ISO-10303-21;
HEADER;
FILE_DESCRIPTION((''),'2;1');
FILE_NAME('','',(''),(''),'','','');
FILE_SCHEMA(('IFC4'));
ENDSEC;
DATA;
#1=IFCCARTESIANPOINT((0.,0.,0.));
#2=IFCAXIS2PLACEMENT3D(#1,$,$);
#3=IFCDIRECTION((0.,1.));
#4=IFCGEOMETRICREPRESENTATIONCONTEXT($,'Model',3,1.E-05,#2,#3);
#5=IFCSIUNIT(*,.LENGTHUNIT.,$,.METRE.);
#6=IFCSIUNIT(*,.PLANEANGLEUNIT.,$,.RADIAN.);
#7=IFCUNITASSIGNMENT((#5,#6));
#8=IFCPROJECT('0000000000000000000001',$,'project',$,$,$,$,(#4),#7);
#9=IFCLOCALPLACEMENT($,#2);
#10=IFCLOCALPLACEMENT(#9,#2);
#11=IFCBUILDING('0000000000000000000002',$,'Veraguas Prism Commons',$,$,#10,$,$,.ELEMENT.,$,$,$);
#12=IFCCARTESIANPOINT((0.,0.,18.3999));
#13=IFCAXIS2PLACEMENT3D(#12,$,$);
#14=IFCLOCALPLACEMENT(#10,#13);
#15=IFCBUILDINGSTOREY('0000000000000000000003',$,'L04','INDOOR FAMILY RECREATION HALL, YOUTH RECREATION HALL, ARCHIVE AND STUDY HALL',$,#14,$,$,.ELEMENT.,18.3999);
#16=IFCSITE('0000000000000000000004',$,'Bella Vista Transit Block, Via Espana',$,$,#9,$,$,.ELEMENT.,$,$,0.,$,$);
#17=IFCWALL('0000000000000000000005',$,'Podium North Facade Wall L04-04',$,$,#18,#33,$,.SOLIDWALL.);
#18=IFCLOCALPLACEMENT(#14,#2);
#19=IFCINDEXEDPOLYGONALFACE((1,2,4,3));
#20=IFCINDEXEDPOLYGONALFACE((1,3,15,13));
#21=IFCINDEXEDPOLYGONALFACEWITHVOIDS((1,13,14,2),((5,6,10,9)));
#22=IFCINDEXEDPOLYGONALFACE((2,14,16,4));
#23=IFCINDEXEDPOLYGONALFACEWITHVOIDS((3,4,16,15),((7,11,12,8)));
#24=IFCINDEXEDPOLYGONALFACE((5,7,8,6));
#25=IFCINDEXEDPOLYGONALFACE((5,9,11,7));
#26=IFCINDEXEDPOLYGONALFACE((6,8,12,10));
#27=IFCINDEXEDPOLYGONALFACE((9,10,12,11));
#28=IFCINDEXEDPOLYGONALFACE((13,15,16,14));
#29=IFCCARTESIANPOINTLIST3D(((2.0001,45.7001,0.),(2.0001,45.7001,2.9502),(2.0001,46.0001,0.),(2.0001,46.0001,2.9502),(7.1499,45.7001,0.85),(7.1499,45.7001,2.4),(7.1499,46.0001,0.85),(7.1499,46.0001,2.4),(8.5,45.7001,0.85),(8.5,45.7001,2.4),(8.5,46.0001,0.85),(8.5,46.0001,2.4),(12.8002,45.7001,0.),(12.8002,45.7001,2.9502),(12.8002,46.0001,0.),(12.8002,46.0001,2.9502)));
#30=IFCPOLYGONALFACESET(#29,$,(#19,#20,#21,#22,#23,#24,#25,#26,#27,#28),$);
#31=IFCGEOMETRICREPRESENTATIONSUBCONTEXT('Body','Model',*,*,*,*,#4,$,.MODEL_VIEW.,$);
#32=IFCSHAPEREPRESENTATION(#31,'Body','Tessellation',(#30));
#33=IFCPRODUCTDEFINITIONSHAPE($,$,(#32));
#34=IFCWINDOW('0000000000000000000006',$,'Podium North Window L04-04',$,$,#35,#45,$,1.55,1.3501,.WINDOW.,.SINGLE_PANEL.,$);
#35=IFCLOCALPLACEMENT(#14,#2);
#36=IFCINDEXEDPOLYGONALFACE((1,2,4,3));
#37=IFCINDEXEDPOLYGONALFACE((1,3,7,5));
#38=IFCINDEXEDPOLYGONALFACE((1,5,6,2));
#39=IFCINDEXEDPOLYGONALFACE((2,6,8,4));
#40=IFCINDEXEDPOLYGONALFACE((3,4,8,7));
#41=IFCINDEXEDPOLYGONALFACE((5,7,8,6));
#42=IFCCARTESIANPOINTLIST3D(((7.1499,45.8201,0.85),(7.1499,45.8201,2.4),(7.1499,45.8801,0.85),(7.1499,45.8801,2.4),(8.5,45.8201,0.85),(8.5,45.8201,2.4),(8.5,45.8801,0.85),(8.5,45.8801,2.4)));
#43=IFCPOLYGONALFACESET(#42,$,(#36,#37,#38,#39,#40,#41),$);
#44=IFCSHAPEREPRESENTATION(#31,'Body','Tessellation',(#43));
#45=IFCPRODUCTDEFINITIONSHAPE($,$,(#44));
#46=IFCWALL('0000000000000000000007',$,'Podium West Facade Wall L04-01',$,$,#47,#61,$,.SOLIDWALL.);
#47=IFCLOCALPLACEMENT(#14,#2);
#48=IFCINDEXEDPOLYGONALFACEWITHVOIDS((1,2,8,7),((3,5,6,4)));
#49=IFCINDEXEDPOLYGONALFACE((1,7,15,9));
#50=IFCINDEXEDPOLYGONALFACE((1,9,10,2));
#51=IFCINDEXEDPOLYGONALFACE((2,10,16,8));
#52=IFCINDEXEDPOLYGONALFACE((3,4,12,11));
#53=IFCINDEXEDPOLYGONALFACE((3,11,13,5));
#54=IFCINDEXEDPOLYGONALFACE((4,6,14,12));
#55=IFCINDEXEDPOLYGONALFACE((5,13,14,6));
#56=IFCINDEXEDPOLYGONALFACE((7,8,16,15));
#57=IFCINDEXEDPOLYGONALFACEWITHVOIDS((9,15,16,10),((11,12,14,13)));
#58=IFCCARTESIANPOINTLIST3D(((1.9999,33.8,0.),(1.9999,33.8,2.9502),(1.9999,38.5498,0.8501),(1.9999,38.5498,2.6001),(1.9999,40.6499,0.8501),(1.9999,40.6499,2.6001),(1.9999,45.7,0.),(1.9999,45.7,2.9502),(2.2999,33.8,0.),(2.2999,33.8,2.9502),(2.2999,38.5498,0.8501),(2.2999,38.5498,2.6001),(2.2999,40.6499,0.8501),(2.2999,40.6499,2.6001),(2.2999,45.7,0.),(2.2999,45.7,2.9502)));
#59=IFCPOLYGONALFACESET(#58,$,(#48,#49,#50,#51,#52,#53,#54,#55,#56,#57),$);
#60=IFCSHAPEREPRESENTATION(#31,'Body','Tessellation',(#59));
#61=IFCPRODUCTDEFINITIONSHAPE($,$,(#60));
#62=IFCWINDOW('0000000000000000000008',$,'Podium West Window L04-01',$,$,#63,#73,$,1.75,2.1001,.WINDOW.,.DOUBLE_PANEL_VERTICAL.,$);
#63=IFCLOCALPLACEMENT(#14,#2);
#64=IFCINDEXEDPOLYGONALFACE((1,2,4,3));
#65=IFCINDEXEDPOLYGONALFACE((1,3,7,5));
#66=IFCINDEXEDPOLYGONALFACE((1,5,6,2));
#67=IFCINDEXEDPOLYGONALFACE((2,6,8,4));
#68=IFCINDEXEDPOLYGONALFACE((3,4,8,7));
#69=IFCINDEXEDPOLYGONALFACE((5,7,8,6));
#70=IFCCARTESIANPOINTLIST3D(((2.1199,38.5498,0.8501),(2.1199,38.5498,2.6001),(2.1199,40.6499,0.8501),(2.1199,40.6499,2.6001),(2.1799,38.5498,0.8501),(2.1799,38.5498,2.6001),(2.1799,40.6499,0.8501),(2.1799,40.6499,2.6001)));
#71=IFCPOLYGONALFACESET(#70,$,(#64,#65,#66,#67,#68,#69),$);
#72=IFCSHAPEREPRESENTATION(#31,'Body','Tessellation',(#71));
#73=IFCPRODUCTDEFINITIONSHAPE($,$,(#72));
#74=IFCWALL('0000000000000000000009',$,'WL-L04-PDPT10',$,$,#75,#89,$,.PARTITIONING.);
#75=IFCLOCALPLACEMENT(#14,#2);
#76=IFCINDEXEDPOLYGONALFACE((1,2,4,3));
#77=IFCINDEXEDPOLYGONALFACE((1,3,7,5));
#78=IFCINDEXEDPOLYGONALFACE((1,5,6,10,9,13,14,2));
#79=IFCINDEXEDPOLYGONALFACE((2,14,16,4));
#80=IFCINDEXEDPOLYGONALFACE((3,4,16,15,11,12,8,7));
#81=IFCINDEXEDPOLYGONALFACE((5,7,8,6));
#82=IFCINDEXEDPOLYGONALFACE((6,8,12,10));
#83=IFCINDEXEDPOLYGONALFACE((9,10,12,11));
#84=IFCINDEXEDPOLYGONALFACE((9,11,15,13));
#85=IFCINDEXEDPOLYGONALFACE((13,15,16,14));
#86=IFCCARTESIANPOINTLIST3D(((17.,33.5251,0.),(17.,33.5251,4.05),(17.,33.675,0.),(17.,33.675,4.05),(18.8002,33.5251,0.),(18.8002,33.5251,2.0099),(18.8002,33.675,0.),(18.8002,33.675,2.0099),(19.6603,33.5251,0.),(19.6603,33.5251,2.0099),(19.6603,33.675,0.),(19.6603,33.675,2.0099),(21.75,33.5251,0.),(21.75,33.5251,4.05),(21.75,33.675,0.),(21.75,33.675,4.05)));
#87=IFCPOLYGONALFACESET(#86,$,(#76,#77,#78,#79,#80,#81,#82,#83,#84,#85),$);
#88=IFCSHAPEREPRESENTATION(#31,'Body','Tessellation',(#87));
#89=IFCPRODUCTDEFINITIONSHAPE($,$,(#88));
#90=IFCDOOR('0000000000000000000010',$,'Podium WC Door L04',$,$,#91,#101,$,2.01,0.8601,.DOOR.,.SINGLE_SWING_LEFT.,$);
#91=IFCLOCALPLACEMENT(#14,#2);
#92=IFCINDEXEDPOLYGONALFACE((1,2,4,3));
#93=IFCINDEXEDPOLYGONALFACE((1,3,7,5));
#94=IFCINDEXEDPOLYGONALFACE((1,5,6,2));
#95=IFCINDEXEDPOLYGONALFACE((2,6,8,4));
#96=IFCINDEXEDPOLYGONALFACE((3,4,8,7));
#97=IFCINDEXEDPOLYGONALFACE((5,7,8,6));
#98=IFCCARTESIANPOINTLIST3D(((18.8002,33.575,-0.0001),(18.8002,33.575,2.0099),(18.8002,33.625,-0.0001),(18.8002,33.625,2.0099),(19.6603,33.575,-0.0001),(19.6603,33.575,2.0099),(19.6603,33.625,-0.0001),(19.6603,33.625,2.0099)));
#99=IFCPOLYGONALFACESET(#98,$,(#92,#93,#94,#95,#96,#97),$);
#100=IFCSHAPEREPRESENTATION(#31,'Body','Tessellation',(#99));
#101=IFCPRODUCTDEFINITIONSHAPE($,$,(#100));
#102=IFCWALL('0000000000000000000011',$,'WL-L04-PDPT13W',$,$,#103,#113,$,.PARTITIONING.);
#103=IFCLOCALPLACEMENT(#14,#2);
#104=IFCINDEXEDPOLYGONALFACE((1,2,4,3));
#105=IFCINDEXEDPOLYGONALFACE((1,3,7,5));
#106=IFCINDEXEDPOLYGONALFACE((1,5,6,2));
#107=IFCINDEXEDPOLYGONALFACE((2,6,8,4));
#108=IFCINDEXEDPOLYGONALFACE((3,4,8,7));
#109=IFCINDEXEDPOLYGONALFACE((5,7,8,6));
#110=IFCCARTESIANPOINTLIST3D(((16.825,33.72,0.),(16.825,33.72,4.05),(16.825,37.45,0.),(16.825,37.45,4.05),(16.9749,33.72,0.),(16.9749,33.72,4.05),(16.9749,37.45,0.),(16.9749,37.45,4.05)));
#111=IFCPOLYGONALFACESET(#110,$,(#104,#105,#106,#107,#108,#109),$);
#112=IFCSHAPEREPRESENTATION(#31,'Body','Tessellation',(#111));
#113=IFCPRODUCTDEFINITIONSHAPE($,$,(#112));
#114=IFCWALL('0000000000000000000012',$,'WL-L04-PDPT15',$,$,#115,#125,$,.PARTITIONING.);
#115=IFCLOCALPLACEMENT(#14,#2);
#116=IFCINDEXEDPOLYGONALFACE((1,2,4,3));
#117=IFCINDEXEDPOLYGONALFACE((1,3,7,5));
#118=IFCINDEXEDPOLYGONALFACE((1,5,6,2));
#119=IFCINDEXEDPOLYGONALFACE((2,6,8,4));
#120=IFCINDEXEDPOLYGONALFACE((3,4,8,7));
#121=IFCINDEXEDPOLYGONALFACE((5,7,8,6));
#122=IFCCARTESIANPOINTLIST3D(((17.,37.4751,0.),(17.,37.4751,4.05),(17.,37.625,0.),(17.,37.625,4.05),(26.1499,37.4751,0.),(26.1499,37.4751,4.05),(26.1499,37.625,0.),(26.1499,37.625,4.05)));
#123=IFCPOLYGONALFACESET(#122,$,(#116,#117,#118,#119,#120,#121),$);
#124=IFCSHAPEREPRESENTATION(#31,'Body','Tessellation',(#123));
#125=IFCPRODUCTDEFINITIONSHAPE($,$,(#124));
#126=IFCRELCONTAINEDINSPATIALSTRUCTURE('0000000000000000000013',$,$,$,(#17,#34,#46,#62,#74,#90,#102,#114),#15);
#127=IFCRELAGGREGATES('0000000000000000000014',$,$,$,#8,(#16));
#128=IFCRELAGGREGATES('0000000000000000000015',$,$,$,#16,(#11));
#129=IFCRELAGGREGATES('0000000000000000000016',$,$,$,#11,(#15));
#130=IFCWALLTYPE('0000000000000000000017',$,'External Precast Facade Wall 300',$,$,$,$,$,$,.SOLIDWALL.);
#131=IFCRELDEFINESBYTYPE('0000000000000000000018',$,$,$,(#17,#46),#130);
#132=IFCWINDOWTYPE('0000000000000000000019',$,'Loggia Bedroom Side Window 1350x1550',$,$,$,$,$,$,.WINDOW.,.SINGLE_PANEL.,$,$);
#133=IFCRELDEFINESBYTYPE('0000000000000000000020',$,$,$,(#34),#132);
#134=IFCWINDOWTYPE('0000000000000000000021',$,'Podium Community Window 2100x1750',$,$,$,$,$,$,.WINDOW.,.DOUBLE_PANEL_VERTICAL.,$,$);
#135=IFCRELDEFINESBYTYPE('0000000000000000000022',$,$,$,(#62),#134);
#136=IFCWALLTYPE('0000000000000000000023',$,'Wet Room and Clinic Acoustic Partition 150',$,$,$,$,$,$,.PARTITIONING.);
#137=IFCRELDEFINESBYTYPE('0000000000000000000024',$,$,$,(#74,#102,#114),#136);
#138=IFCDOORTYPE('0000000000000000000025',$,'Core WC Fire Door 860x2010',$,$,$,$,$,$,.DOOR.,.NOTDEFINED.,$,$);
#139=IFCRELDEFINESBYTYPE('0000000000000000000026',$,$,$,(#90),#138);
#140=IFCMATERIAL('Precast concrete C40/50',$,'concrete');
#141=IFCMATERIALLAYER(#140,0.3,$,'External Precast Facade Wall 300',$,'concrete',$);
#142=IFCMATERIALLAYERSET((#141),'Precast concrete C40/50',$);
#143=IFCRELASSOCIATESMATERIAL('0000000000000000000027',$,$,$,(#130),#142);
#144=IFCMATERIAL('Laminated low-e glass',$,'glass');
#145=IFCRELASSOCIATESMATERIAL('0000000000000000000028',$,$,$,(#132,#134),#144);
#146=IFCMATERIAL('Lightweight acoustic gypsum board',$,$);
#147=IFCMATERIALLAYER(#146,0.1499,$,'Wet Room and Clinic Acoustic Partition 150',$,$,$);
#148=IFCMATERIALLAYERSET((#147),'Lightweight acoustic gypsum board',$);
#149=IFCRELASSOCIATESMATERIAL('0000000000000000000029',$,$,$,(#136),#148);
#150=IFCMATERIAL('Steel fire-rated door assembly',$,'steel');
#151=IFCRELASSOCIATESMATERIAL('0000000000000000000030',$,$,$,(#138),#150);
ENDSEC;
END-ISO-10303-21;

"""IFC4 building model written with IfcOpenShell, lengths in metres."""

from ifc_helpers import new_model, si_unit, direction, frame, frame_2d, origin, place, context, subcontext, project, spatial, rectangle, extrude, source, transform, mapped, material, layer, layer_set, type_object, element, fill, save


model = new_model("IFC4")

# Units and contexts
model_context = context("Model", 3, precision=1e-05, world=origin(), true_north=direction((0.0, 1.0)))
body_context = subcontext(model_context, "Body", "Model", "MODEL_VIEW")
ifc_project = project(units=[si_unit("LENGTHUNIT", "METRE"), si_unit("PLANEANGLEUNIT", "RADIAN")], contexts=[model_context])

# Site, building, storey
site_placement = place(None, origin())
site = spatial("IfcSite", under=ifc_project, at=site_placement, Name="Bella Vista Transit Block, Via Espana", CompositionType="ELEMENT", RefElevation=0.0)
building_placement = place(site_placement, origin())
building = spatial("IfcBuilding", under=site, at=building_placement, Name="Veraguas Prism Commons", CompositionType="ELEMENT")
storey_placement = place(building_placement, frame((0.0, 0.0, 18.3999)))
storey = spatial("IfcBuildingStorey", under=building, at=storey_placement, Name="L04", Description="INDOOR FAMILY RECREATION HALL, YOUTH RECREATION HALL, ARCHIVE AND STUDY HALL", CompositionType="ELEMENT", Elevation=18.3999)

# Shared definitions
ifc_material_1 = material(Name="Steel fire-rated door assembly", Category="steel")

# Walls, openings, windows
ifc_material_2 = material(Name="Precast concrete C40/50", Category="concrete")
ifc_layer_1 = layer(ifc_material_2, 0.3, Name="External Precast Facade Wall 300", Category="concrete")
ifc_layer_set_1 = layer_set([ifc_layer_1], Name="Precast concrete C40/50")
wall_type_1 = type_object("IfcWallType", Name="External Precast Facade Wall 300", PredefinedType="SOLIDWALL", material=ifc_layer_set_1)
wall_1_placement = place(storey_placement, frame((12.8, 45.8501, 0.0), z_axis=(0.0, 0.0, 1.0), x_axis=(-1.0, 0.0, 0.0)))
wall_1 = element("IfcWall", 1, at=wall_1_placement, inside=storey, type_object=wall_type_1, Name="Podium North Facade Wall L04-04", PredefinedType="SOLIDWALL", context=body_context, shape_type="SweptSolid", body=[
    extrude(rectangle(XDim=10.8, YDim=0.3, at=frame_2d((5.3999, 0.0))), origin(), (0.0, 0.0, 1.0), 2.9502),
])
opening_1_placement = place(wall_1_placement, frame((4.3, 0.0, 0.8501)))
opening_1 = element("IfcOpeningElement", 2, at=opening_1_placement, cuts=wall_1, PredefinedType="OPENING", context=body_context, shape_type="SweptSolid", body=[
    extrude(rectangle(XDim=1.3501, YDim=1.55, at=frame_2d((0.675, 0.7749))), frame((0.0, 0.1599, 0.0), z_axis=(0.0, -1.0, 0.0), x_axis=(1.0, 0.0, 0.0)), (0.0, 0.0, 1.0), 0.3201),
])
ifc_material_3 = material(Name="Laminated low-e glass", Category="glass")
window_type_1 = type_object("IfcWindowType", Name="Loggia Bedroom Side Window 1350x1550", PartitioningType="SINGLE_PANEL", PredefinedType="WINDOW", material=ifc_material_3)
shared_shape_1 = source(origin(), body_context, "Body", "SweptSolid", [
    extrude(rectangle(XDim=1.3501, YDim=1.55, at=frame_2d((0.675, 0.7749))), frame((0.0, 0.03, 0.0), z_axis=(0.0, -1.0, 0.0), x_axis=(1.0, 0.0, 0.0)), (0.0, 0.0, 1.0), 0.0601),
])
window_1_placement = place(opening_1_placement, origin())
window_1 = element("IfcWindow", 3, at=window_1_placement, inside=storey, type_object=window_type_1, Name="Podium North Window L04-04", OverallHeight=1.55, OverallWidth=1.3501, PartitioningType="SINGLE_PANEL", PredefinedType="WINDOW", context=body_context, shape_type="MappedRepresentation", body=[
    mapped(shared_shape_1, transform((0.0, 0.0, 0.0), scale=1.0)),
])
fill(opening_1, window_1)
wall_2_placement = place(storey_placement, frame((2.1499, 45.7, 0.0), z_axis=(0.0, 0.0, 1.0), x_axis=(0.0, -1.0, 0.0)))
wall_2 = element("IfcWall", 4, at=wall_2_placement, inside=storey, type_object=wall_type_1, Name="Podium West Facade Wall L04-01", PredefinedType="SOLIDWALL", context=body_context, shape_type="SweptSolid", body=[
    extrude(rectangle(XDim=11.8999, YDim=0.3, at=frame_2d((5.95, 0.0))), origin(), (0.0, 0.0, 1.0), 2.9502),
])
opening_2_placement = place(wall_2_placement, frame((5.05, 0.0, 0.8501)))
opening_2 = element("IfcOpeningElement", 5, at=opening_2_placement, cuts=wall_2, PredefinedType="OPENING", context=body_context, shape_type="SweptSolid", body=[
    extrude(rectangle(XDim=2.1001, YDim=1.75, at=frame_2d((1.05, 0.875))), frame((0.0, 0.1599, 0.0), z_axis=(0.0, -1.0, 0.0), x_axis=(1.0, 0.0, 0.0)), (0.0, 0.0, 1.0), 0.3201),
])
window_type_2 = type_object("IfcWindowType", Name="Podium Community Window 2100x1750", PartitioningType="DOUBLE_PANEL_VERTICAL", PredefinedType="WINDOW", material=ifc_material_3)
shared_shape_2 = source(origin(), body_context, "Body", "SweptSolid", [
    extrude(rectangle(XDim=2.1001, YDim=1.75, at=frame_2d((1.05, 0.875))), frame((0.0, 0.03, 0.0), z_axis=(0.0, -1.0, 0.0), x_axis=(1.0, 0.0, 0.0)), (0.0, 0.0, 1.0), 0.0601),
])
window_2_placement = place(opening_2_placement, origin())
window_2 = element("IfcWindow", 6, at=window_2_placement, inside=storey, type_object=window_type_2, Name="Podium West Window L04-01", OverallHeight=1.75, OverallWidth=2.1001, PartitioningType="DOUBLE_PANEL_VERTICAL", PredefinedType="WINDOW", context=body_context, shape_type="MappedRepresentation", body=[
    mapped(shared_shape_2, transform((0.0, 0.0, 0.0), scale=1.0)),
])
fill(opening_2, window_2)

# Wall, opening, door
ifc_material_4 = material(Name="Lightweight acoustic gypsum board")
ifc_layer_2 = layer(ifc_material_4, 0.1499, Name="Wet Room and Clinic Acoustic Partition 150")
ifc_layer_set_2 = layer_set([ifc_layer_2], Name="Lightweight acoustic gypsum board")
wall_type_2 = type_object("IfcWallType", Name="Wet Room and Clinic Acoustic Partition 150", PredefinedType="PARTITIONING", material=ifc_layer_set_2)
wall_3_placement = place(storey_placement, frame((17.0, 33.6001, 0.0), z_axis=(0.0, 0.0, 1.0), x_axis=(1.0, 0.0, 0.0)))
wall_3 = element("IfcWall", 7, at=wall_3_placement, inside=storey, type_object=wall_type_2, Name="WL-L04-PDPT10", PredefinedType="PARTITIONING", context=body_context, shape_type="SweptSolid", body=[
    extrude(rectangle(XDim=4.75, YDim=0.1499, at=frame_2d((2.375, 0.0))), origin(), (0.0, 0.0, 1.0), 4.05),
])
opening_3_placement = place(wall_3_placement, frame((1.8, 0.0, 0.0)))
opening_3 = element("IfcOpeningElement", 8, at=opening_3_placement, cuts=wall_3, PredefinedType="OPENING", context=body_context, shape_type="SweptSolid", body=[
    extrude(rectangle(XDim=0.8601, YDim=2.01, at=frame_2d((0.4302, 1.0049))), frame((0.0, 0.085, 0.0), z_axis=(0.0, -1.0, 0.0), x_axis=(1.0, 0.0, 0.0)), (0.0, 0.0, 1.0), 0.1699),
])
door_type_1 = type_object("IfcDoorType", Name="Core WC Fire Door 860x2010", OperationType="NOTDEFINED", PredefinedType="DOOR", material=ifc_material_1)
shared_shape_3 = source(origin(), body_context, "Body", "SweptSolid", [
    extrude(rectangle(XDim=0.8601, YDim=2.01, at=frame_2d((0.4302, 1.0049))), frame((0.0, 0.0249, 0.0), z_axis=(0.0, -1.0, 0.0), x_axis=(1.0, 0.0, 0.0)), (0.0, 0.0, 1.0), 0.05),
])
door_1_placement = place(opening_3_placement, origin())
door_1 = element("IfcDoor", 9, at=door_1_placement, inside=storey, type_object=door_type_1, Name="Podium WC Door L04", OperationType="SINGLE_SWING_LEFT", OverallHeight=2.01, OverallWidth=0.8601, PredefinedType="DOOR", context=body_context, shape_type="MappedRepresentation", body=[
    mapped(shared_shape_3, transform((0.0, 0.0, 0.0), scale=1.0)),
])
fill(opening_3, door_1)

# Walls
wall_4_placement = place(storey_placement, frame((16.8999, 33.72, 0.0), z_axis=(0.0, 0.0, 1.0), x_axis=(0.0, 1.0, 0.0)))
element("IfcWall", 10, at=wall_4_placement, inside=storey, type_object=wall_type_2, Name="WL-L04-PDPT13W", PredefinedType="PARTITIONING", context=body_context, shape_type="SweptSolid", body=[
    extrude(rectangle(XDim=3.73, YDim=0.1499, at=frame_2d((1.865, 0.0))), origin(), (0.0, 0.0, 1.0), 4.05),
])
wall_5_placement = place(storey_placement, frame((17.0, 37.55, 0.0), z_axis=(0.0, 0.0, 1.0), x_axis=(1.0, 0.0, 0.0)))
element("IfcWall", 11, at=wall_5_placement, inside=storey, type_object=wall_type_2, Name="WL-L04-PDPT15", PredefinedType="PARTITIONING", context=body_context, shape_type="SweptSolid", body=[
    extrude(rectangle(XDim=9.1499, YDim=0.1499, at=frame_2d((4.575, 0.0))), origin(), (0.0, 0.0, 1.0), 4.05),
])

save(model, "model.ifc")
